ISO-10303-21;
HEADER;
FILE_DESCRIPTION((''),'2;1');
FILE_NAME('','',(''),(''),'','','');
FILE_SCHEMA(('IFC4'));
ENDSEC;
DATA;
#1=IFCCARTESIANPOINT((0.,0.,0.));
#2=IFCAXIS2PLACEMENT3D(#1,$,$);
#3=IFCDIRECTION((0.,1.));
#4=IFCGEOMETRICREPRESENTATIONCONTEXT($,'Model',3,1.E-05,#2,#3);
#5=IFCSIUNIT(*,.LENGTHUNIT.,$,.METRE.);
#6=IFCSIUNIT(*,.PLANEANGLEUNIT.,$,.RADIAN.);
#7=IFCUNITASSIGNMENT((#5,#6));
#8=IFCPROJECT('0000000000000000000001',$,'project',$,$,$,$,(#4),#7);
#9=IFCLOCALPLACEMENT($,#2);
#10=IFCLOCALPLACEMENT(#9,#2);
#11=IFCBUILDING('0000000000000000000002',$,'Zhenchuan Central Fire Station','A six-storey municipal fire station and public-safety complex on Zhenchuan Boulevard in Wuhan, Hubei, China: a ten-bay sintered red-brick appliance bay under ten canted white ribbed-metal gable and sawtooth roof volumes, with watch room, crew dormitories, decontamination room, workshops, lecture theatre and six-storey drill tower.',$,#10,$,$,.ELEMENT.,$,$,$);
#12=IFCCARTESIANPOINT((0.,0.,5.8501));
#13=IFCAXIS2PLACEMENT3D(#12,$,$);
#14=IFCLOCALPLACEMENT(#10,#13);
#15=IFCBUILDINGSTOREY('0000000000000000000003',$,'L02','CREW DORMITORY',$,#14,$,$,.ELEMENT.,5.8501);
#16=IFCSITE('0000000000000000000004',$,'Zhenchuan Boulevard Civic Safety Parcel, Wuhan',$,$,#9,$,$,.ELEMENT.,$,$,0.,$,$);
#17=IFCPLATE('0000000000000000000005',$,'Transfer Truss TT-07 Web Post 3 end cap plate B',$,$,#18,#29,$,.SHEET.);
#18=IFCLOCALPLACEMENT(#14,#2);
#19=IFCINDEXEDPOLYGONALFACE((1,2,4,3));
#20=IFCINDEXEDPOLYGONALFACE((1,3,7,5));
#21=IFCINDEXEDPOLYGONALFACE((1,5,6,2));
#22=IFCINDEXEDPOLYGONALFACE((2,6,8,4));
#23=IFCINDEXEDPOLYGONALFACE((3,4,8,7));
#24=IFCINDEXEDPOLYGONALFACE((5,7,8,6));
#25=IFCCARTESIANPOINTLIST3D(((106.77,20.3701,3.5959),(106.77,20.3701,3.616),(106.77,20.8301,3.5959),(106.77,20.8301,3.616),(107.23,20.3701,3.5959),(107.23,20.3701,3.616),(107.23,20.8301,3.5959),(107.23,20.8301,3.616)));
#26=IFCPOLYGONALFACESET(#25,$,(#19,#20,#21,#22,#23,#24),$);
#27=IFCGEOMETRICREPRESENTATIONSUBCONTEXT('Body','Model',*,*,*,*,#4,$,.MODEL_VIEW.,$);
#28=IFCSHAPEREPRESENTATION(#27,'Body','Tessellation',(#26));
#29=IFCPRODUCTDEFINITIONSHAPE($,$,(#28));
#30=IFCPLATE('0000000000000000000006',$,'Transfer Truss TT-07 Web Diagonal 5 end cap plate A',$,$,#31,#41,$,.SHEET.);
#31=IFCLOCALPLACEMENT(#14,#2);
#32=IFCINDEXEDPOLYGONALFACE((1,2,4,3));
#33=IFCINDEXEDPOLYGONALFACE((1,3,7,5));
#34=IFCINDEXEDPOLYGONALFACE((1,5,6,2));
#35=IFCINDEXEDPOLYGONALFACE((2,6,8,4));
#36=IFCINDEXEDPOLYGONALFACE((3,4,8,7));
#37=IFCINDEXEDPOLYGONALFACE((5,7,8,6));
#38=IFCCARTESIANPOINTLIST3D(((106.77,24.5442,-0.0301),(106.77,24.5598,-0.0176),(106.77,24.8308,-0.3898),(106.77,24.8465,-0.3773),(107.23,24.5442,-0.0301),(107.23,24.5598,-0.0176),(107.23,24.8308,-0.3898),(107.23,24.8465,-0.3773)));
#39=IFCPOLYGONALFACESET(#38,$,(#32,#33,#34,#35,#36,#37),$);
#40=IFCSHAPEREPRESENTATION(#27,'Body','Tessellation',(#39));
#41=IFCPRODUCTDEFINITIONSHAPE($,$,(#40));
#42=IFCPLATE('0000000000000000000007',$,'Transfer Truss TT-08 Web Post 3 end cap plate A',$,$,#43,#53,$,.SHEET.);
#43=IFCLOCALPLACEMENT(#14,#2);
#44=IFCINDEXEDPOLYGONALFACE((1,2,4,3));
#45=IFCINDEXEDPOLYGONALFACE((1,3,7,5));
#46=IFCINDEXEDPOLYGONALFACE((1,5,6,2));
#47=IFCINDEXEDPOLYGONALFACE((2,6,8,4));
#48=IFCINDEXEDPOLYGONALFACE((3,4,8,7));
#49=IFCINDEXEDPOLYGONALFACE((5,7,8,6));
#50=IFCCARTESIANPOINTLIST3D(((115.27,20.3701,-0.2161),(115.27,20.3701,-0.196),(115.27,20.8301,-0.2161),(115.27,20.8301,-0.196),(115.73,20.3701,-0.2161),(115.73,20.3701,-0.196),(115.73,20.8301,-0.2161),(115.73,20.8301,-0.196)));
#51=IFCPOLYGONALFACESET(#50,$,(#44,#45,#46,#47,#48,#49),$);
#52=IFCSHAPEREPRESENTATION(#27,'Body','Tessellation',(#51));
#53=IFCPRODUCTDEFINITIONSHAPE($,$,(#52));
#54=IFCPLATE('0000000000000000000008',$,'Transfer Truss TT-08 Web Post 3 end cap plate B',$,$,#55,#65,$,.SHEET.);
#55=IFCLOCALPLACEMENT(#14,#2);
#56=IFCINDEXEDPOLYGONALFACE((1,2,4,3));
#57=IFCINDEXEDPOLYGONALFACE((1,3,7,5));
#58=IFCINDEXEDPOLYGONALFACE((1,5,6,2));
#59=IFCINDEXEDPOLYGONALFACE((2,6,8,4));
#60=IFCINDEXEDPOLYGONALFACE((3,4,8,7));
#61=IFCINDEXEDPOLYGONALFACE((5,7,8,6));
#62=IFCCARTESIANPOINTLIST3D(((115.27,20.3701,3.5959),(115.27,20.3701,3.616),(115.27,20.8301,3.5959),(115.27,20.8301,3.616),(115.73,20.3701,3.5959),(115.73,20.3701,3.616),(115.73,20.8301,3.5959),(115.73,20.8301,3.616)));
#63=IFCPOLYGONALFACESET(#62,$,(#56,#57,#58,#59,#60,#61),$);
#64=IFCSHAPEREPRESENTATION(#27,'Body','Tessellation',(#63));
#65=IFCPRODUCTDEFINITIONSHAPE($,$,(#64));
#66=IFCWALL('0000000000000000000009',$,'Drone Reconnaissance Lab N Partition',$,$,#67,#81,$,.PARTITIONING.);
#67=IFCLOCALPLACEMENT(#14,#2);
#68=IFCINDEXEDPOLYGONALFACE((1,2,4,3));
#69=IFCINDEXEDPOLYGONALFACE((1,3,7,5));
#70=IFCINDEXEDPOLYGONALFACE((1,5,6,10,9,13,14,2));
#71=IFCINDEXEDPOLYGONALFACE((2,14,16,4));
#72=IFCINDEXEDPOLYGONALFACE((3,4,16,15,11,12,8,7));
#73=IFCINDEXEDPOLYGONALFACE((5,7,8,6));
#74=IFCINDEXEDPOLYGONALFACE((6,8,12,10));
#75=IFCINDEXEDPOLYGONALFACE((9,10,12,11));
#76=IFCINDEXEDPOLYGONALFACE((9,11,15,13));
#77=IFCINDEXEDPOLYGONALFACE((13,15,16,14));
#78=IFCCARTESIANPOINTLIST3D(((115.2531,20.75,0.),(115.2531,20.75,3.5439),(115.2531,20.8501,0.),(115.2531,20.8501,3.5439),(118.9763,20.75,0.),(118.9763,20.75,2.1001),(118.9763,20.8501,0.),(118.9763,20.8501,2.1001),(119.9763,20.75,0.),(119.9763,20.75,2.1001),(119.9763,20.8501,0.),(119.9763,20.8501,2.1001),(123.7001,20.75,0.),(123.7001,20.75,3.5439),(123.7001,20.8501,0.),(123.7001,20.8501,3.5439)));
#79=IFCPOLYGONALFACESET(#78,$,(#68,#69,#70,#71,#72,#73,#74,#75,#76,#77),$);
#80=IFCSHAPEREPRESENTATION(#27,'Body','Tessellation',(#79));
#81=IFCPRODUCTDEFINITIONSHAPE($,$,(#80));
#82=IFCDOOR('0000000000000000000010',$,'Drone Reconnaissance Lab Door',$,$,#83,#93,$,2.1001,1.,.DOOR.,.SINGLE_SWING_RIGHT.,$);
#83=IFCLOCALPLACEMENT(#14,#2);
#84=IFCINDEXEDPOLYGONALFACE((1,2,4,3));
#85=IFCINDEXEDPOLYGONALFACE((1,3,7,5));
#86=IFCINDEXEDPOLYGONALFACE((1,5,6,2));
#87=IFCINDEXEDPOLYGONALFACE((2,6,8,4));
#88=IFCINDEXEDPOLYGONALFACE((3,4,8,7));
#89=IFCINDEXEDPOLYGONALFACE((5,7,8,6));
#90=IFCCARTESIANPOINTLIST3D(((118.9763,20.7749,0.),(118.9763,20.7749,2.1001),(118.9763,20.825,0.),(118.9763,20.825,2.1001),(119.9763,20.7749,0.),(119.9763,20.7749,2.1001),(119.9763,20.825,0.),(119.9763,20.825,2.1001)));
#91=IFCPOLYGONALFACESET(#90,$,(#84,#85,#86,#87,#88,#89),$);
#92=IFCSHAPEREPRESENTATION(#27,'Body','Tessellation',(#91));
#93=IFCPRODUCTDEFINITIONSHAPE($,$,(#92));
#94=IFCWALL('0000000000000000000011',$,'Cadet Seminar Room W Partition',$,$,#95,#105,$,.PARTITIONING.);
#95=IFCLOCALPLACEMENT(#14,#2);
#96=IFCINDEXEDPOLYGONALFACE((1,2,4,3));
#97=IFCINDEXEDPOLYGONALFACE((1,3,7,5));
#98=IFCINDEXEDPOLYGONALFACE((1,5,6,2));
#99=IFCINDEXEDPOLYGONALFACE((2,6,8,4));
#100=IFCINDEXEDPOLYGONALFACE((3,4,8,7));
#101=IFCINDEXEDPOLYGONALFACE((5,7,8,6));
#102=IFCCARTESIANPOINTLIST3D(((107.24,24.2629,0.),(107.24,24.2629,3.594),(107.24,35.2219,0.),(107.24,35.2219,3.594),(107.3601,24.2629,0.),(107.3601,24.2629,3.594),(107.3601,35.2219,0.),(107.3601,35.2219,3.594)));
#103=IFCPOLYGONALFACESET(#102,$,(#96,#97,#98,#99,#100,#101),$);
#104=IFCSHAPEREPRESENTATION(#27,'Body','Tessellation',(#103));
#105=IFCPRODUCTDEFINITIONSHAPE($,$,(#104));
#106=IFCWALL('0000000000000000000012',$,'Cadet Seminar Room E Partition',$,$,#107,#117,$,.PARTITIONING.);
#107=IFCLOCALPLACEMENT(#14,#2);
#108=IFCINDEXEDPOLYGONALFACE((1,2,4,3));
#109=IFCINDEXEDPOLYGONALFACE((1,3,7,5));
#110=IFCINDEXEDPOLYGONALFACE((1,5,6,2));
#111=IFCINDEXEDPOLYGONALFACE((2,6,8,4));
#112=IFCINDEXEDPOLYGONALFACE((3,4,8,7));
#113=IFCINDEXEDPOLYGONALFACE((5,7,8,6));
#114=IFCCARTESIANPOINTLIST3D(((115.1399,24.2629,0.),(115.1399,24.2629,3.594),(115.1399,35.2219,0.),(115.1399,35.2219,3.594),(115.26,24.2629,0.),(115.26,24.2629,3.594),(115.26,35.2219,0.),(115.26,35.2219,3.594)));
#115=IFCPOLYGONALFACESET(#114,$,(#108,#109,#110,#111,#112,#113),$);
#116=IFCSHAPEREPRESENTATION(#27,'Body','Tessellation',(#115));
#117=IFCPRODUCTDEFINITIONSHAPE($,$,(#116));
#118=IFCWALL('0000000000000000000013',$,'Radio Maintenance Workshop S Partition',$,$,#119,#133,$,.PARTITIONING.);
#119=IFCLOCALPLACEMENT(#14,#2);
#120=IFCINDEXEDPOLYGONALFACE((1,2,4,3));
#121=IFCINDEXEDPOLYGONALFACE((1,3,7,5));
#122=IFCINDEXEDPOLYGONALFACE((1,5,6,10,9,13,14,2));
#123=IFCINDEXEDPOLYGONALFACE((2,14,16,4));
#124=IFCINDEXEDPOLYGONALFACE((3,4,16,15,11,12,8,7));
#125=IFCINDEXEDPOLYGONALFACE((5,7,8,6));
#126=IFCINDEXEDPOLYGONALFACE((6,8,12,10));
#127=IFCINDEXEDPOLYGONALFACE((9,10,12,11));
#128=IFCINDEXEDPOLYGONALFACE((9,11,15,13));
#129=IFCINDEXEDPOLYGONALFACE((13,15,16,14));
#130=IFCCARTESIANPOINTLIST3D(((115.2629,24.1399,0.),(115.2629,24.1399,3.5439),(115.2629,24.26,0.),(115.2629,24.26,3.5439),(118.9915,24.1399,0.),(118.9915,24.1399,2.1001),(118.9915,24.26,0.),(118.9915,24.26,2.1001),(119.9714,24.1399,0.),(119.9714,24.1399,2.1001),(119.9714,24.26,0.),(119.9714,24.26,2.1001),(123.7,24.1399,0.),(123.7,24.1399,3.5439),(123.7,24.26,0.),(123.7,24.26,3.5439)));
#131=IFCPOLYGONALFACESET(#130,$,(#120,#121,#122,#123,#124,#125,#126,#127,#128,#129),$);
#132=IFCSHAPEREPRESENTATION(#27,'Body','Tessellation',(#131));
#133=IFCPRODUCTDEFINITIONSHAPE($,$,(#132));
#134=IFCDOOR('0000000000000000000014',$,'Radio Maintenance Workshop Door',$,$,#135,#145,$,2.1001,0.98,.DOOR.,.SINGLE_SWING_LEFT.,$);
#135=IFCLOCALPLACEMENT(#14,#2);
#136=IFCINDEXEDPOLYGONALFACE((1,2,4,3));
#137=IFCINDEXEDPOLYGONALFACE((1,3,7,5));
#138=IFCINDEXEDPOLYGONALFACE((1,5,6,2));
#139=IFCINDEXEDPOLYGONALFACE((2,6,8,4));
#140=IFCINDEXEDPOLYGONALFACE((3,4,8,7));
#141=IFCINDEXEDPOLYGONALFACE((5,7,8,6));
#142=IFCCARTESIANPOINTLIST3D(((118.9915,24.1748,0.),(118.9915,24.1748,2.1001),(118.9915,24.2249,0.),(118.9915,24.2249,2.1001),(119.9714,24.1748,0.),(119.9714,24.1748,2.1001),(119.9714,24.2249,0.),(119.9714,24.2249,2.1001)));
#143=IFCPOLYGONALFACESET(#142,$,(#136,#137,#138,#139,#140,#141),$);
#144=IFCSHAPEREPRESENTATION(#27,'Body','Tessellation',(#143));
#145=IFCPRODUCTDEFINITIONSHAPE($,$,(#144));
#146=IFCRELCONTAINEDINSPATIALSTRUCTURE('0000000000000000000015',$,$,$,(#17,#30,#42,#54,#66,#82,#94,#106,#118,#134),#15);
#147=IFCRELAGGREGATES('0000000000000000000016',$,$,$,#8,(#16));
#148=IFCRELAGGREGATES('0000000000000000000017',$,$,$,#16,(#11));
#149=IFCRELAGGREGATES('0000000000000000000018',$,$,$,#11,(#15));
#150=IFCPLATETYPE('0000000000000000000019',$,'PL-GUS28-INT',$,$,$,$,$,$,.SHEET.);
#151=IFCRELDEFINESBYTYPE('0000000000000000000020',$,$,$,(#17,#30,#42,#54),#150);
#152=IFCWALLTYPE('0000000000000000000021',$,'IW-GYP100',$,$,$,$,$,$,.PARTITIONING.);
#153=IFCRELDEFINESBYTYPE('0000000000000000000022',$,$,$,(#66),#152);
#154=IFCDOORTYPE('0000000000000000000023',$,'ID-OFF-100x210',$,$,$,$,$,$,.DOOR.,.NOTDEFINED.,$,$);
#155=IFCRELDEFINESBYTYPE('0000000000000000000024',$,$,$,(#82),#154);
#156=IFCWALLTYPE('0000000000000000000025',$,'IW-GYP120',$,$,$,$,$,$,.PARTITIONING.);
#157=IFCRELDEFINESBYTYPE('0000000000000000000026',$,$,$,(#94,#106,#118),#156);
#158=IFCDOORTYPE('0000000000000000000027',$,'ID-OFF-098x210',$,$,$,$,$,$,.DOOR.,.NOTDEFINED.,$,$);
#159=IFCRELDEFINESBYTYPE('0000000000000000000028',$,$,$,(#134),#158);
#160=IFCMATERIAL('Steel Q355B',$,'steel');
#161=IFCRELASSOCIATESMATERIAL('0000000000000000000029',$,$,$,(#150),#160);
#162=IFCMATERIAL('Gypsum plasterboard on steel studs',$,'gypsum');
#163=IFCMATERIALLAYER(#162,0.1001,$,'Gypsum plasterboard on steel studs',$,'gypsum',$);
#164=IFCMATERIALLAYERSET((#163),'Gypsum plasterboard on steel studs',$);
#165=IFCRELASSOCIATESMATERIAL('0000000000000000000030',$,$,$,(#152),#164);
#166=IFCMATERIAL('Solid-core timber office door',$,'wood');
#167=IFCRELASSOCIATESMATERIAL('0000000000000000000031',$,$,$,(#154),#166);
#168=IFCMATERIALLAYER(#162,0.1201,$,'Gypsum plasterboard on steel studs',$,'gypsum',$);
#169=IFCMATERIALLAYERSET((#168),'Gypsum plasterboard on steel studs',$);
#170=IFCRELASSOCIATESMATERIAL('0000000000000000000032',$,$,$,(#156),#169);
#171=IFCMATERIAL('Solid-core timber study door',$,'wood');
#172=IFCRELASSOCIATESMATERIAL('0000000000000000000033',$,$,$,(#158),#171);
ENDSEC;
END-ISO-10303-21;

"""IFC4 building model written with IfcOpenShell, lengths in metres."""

from ifc_helpers import new_model, si_unit, direction, frame, frame_2d, origin, origin_2d, place, context, subcontext, project, spatial, rectangle, extrude, material, layer, layer_set, material_profile, profile_set, type_object, element, fill, save


model = new_model("IFC4")

# Units and contexts
model_context = context("Model", 3, precision=1e-05, world=origin(), true_north=direction((0.0, 1.0)))
body_context = subcontext(model_context, "Body", "Model", "MODEL_VIEW")
ifc_project = project(units=[si_unit("LENGTHUNIT", "METRE"), si_unit("PLANEANGLEUNIT", "RADIAN")], contexts=[model_context])

# Site, building, storey
site_placement = place(None, origin())
site = spatial("IfcSite", under=ifc_project, at=site_placement, Name="Zhenchuan Boulevard Civic Safety Parcel, Wuhan", CompositionType="ELEMENT", RefElevation=0.0)
building_placement = place(site_placement, origin())
building = spatial("IfcBuilding", under=site, at=building_placement, Name="Zhenchuan Central Fire Station", Description="A six-storey municipal fire station and public-safety complex on Zhenchuan Boulevard in Wuhan, Hubei, China: a ten-bay sintered red-brick appliance bay under ten canted white ribbed-metal gable and sawtooth roof volumes, with watch room, crew dormitories, decontamination room, workshops, lecture theatre and six-storey drill tower.", CompositionType="ELEMENT")
storey_placement = place(building_placement, frame((0.0, 0.0, 5.8501)))
storey = spatial("IfcBuildingStorey", under=building, at=storey_placement, Name="L02", Description="CREW DORMITORY", CompositionType="ELEMENT", Elevation=5.8501)

# Shared definitions
ifc_material_1 = material(Name="Steel Q355B", Category="steel")

# Plates
ifc_material_profile_1 = material_profile(ifc_material_1, rectangle(XDim=0.46, YDim=0.46, at=origin_2d()), Name="PL 460x460x28")
ifc_profile_set_1 = profile_set([ifc_material_profile_1], Name="Steel Q355B")
plate_type_1 = type_object("IfcPlateType", Name="PL-GUS28-INT", PredefinedType="SHEET", material=ifc_profile_set_1)
for number, where, z_axis, x_axis, name in (
    (1, (107.0, 20.6001, 3.5959), (0.0, 0.0, 1.0), (1.0, 0.0, 0.0), "Transfer Truss TT-07 Web Post 3 end cap plate B"),
    (2, (107.0, 24.6875, -0.21), (0.0, 0.78206, 0.623204), (-1.0, 0.0, 0.0), "Transfer Truss TT-07 Web Diagonal 5 end cap plate A"),
    (3, (115.5, 20.6001, -0.2161), (0.0, 0.0, 1.0), (1.0, 0.0, 0.0), "Transfer Truss TT-08 Web Post 3 end cap plate A"),
    (4, (115.5, 20.6001, 3.5959), (0.0, 0.0, 1.0), (1.0, 0.0, 0.0), "Transfer Truss TT-08 Web Post 3 end cap plate B"),
):
    element("IfcPlate", number, at=place(storey_placement, frame(where, z_axis=z_axis, x_axis=x_axis)), inside=storey, type_object=plate_type_1, Name=name, PredefinedType="SHEET", context=body_context, shape_type="SweptSolid", body=[
        extrude(rectangle(XDim=0.46, YDim=0.46, at=origin_2d()), origin(), (0.0, 0.0, 1.0), 0.02),
    ])

# Wall, opening, door
ifc_material_2 = material(Name="Gypsum plasterboard on steel studs", Category="gypsum")
ifc_layer_1 = layer(ifc_material_2, 0.1001, Name="Gypsum plasterboard on steel studs", Category="gypsum")
ifc_layer_set_1 = layer_set([ifc_layer_1], Name="Gypsum plasterboard on steel studs")
wall_type_1 = type_object("IfcWallType", Name="IW-GYP100", PredefinedType="PARTITIONING", material=ifc_layer_set_1)
wall_1_placement = place(storey_placement, frame((115.2529, 20.8, 0.0), z_axis=(0.0, 0.0, 1.0), x_axis=(1.0, 0.0, 0.0)))
wall_1 = element("IfcWall", 5, at=wall_1_placement, inside=storey, type_object=wall_type_1, Name="Drone Reconnaissance Lab N Partition", PredefinedType="PARTITIONING", context=body_context, shape_type="SweptSolid", body=[
    extrude(rectangle(XDim=8.447, YDim=0.1001, at=frame_2d((4.2236, 0.0))), origin(), (0.0, 0.0, 1.0), 3.5439),
])
opening_1_placement = place(wall_1_placement, frame((3.7234, 0.0, 0.0)))
opening_1 = element("IfcOpeningElement", 6, at=opening_1_placement, cuts=wall_1, PredefinedType="OPENING", context=body_context, shape_type="SweptSolid", body=[
    extrude(rectangle(XDim=1.0, YDim=2.1001, at=frame_2d((0.5, 1.05))), frame((0.0, 0.0601, 0.0), z_axis=(0.0, -1.0, 0.0), x_axis=(1.0, 0.0, 0.0)), (0.0, 0.0, 1.0), 0.1201),
])
ifc_material_3 = material(Name="Solid-core timber office door", Category="wood")
door_type_1 = type_object("IfcDoorType", Name="ID-OFF-100x210", OperationType="NOTDEFINED", PredefinedType="DOOR", material=ifc_material_3)
door_1_placement = place(opening_1_placement, origin())
door_1 = element("IfcDoor", 7, at=door_1_placement, inside=storey, type_object=door_type_1, Name="Drone Reconnaissance Lab Door", OperationType="SINGLE_SWING_RIGHT", OverallHeight=2.1001, OverallWidth=1.0, PredefinedType="DOOR", context=body_context, shape_type="SweptSolid", body=[
    extrude(rectangle(XDim=1.0, YDim=2.1001, at=frame_2d((0.5, 1.05))), frame((0.0, 0.0249, 0.0), z_axis=(0.0, -1.0, 0.0), x_axis=(1.0, 0.0, 0.0)), (0.0, 0.0, 1.0), 0.05),
])
fill(opening_1, door_1)

# Walls
ifc_layer_2 = layer(ifc_material_2, 0.1201, Name="Gypsum plasterboard on steel studs", Category="gypsum")
ifc_layer_set_2 = layer_set([ifc_layer_2], Name="Gypsum plasterboard on steel studs")
wall_type_2 = type_object("IfcWallType", Name="IW-GYP120", PredefinedType="PARTITIONING", material=ifc_layer_set_2)
for number, where, z_axis, x_axis, name in (
    (8, (107.3, 24.2629, 0.0), (0.0, 0.0, 1.0), (0.0, 1.0, 0.0), "Cadet Seminar Room W Partition"),
    (9, (115.2, 24.2629, 0.0), (0.0, 0.0, 1.0), (0.0, 1.0, 0.0), "Cadet Seminar Room E Partition"),
):
    element("IfcWall", number, at=place(storey_placement, frame(where, z_axis=z_axis, x_axis=x_axis)), inside=storey, type_object=wall_type_2, Name=name, PredefinedType="PARTITIONING", context=body_context, shape_type="SweptSolid", body=[
        extrude(rectangle(XDim=10.959, YDim=0.1201, at=frame_2d((5.4795, 0.0))), origin(), (0.0, 0.0, 1.0), 3.594),
    ])

# Wall, opening, door
wall_2_placement = place(storey_placement, frame((115.2629, 24.2, 0.0), z_axis=(0.0, 0.0, 1.0), x_axis=(1.0, 0.0, 0.0)))
wall_2 = element("IfcWall", 10, at=wall_2_placement, inside=storey, type_object=wall_type_2, Name="Radio Maintenance Workshop S Partition", PredefinedType="PARTITIONING", context=body_context, shape_type="SweptSolid", body=[
    extrude(rectangle(XDim=8.437, YDim=0.1201, at=frame_2d((4.2185, 0.0))), origin(), (0.0, 0.0, 1.0), 3.5439),
])
opening_2_placement = place(wall_2_placement, frame((3.7285, 0.0, 0.0)))
opening_2 = element("IfcOpeningElement", 11, at=opening_2_placement, cuts=wall_2, PredefinedType="OPENING", context=body_context, shape_type="SweptSolid", body=[
    extrude(rectangle(XDim=0.98, YDim=2.1001, at=frame_2d((0.49, 1.05))), frame((0.0, 0.0701, 0.0), z_axis=(0.0, -1.0, 0.0), x_axis=(1.0, 0.0, 0.0)), (0.0, 0.0, 1.0), 0.1401),
])
ifc_material_4 = material(Name="Solid-core timber study door", Category="wood")
door_type_2 = type_object("IfcDoorType", Name="ID-OFF-098x210", OperationType="NOTDEFINED", PredefinedType="DOOR", material=ifc_material_4)
door_2_placement = place(opening_2_placement, origin())
door_2 = element("IfcDoor", 12, at=door_2_placement, inside=storey, type_object=door_type_2, Name="Radio Maintenance Workshop Door", OperationType="SINGLE_SWING_LEFT", OverallHeight=2.1001, OverallWidth=0.98, PredefinedType="DOOR", context=body_context, shape_type="SweptSolid", body=[
    extrude(rectangle(XDim=0.98, YDim=2.1001, at=frame_2d((0.49, 1.05))), frame((0.0, 0.0249, 0.0), z_axis=(0.0, -1.0, 0.0), x_axis=(1.0, 0.0, 0.0)), (0.0, 0.0, 1.0), 0.05),
])
fill(opening_2, door_2)

save(model, "model.ifc")
